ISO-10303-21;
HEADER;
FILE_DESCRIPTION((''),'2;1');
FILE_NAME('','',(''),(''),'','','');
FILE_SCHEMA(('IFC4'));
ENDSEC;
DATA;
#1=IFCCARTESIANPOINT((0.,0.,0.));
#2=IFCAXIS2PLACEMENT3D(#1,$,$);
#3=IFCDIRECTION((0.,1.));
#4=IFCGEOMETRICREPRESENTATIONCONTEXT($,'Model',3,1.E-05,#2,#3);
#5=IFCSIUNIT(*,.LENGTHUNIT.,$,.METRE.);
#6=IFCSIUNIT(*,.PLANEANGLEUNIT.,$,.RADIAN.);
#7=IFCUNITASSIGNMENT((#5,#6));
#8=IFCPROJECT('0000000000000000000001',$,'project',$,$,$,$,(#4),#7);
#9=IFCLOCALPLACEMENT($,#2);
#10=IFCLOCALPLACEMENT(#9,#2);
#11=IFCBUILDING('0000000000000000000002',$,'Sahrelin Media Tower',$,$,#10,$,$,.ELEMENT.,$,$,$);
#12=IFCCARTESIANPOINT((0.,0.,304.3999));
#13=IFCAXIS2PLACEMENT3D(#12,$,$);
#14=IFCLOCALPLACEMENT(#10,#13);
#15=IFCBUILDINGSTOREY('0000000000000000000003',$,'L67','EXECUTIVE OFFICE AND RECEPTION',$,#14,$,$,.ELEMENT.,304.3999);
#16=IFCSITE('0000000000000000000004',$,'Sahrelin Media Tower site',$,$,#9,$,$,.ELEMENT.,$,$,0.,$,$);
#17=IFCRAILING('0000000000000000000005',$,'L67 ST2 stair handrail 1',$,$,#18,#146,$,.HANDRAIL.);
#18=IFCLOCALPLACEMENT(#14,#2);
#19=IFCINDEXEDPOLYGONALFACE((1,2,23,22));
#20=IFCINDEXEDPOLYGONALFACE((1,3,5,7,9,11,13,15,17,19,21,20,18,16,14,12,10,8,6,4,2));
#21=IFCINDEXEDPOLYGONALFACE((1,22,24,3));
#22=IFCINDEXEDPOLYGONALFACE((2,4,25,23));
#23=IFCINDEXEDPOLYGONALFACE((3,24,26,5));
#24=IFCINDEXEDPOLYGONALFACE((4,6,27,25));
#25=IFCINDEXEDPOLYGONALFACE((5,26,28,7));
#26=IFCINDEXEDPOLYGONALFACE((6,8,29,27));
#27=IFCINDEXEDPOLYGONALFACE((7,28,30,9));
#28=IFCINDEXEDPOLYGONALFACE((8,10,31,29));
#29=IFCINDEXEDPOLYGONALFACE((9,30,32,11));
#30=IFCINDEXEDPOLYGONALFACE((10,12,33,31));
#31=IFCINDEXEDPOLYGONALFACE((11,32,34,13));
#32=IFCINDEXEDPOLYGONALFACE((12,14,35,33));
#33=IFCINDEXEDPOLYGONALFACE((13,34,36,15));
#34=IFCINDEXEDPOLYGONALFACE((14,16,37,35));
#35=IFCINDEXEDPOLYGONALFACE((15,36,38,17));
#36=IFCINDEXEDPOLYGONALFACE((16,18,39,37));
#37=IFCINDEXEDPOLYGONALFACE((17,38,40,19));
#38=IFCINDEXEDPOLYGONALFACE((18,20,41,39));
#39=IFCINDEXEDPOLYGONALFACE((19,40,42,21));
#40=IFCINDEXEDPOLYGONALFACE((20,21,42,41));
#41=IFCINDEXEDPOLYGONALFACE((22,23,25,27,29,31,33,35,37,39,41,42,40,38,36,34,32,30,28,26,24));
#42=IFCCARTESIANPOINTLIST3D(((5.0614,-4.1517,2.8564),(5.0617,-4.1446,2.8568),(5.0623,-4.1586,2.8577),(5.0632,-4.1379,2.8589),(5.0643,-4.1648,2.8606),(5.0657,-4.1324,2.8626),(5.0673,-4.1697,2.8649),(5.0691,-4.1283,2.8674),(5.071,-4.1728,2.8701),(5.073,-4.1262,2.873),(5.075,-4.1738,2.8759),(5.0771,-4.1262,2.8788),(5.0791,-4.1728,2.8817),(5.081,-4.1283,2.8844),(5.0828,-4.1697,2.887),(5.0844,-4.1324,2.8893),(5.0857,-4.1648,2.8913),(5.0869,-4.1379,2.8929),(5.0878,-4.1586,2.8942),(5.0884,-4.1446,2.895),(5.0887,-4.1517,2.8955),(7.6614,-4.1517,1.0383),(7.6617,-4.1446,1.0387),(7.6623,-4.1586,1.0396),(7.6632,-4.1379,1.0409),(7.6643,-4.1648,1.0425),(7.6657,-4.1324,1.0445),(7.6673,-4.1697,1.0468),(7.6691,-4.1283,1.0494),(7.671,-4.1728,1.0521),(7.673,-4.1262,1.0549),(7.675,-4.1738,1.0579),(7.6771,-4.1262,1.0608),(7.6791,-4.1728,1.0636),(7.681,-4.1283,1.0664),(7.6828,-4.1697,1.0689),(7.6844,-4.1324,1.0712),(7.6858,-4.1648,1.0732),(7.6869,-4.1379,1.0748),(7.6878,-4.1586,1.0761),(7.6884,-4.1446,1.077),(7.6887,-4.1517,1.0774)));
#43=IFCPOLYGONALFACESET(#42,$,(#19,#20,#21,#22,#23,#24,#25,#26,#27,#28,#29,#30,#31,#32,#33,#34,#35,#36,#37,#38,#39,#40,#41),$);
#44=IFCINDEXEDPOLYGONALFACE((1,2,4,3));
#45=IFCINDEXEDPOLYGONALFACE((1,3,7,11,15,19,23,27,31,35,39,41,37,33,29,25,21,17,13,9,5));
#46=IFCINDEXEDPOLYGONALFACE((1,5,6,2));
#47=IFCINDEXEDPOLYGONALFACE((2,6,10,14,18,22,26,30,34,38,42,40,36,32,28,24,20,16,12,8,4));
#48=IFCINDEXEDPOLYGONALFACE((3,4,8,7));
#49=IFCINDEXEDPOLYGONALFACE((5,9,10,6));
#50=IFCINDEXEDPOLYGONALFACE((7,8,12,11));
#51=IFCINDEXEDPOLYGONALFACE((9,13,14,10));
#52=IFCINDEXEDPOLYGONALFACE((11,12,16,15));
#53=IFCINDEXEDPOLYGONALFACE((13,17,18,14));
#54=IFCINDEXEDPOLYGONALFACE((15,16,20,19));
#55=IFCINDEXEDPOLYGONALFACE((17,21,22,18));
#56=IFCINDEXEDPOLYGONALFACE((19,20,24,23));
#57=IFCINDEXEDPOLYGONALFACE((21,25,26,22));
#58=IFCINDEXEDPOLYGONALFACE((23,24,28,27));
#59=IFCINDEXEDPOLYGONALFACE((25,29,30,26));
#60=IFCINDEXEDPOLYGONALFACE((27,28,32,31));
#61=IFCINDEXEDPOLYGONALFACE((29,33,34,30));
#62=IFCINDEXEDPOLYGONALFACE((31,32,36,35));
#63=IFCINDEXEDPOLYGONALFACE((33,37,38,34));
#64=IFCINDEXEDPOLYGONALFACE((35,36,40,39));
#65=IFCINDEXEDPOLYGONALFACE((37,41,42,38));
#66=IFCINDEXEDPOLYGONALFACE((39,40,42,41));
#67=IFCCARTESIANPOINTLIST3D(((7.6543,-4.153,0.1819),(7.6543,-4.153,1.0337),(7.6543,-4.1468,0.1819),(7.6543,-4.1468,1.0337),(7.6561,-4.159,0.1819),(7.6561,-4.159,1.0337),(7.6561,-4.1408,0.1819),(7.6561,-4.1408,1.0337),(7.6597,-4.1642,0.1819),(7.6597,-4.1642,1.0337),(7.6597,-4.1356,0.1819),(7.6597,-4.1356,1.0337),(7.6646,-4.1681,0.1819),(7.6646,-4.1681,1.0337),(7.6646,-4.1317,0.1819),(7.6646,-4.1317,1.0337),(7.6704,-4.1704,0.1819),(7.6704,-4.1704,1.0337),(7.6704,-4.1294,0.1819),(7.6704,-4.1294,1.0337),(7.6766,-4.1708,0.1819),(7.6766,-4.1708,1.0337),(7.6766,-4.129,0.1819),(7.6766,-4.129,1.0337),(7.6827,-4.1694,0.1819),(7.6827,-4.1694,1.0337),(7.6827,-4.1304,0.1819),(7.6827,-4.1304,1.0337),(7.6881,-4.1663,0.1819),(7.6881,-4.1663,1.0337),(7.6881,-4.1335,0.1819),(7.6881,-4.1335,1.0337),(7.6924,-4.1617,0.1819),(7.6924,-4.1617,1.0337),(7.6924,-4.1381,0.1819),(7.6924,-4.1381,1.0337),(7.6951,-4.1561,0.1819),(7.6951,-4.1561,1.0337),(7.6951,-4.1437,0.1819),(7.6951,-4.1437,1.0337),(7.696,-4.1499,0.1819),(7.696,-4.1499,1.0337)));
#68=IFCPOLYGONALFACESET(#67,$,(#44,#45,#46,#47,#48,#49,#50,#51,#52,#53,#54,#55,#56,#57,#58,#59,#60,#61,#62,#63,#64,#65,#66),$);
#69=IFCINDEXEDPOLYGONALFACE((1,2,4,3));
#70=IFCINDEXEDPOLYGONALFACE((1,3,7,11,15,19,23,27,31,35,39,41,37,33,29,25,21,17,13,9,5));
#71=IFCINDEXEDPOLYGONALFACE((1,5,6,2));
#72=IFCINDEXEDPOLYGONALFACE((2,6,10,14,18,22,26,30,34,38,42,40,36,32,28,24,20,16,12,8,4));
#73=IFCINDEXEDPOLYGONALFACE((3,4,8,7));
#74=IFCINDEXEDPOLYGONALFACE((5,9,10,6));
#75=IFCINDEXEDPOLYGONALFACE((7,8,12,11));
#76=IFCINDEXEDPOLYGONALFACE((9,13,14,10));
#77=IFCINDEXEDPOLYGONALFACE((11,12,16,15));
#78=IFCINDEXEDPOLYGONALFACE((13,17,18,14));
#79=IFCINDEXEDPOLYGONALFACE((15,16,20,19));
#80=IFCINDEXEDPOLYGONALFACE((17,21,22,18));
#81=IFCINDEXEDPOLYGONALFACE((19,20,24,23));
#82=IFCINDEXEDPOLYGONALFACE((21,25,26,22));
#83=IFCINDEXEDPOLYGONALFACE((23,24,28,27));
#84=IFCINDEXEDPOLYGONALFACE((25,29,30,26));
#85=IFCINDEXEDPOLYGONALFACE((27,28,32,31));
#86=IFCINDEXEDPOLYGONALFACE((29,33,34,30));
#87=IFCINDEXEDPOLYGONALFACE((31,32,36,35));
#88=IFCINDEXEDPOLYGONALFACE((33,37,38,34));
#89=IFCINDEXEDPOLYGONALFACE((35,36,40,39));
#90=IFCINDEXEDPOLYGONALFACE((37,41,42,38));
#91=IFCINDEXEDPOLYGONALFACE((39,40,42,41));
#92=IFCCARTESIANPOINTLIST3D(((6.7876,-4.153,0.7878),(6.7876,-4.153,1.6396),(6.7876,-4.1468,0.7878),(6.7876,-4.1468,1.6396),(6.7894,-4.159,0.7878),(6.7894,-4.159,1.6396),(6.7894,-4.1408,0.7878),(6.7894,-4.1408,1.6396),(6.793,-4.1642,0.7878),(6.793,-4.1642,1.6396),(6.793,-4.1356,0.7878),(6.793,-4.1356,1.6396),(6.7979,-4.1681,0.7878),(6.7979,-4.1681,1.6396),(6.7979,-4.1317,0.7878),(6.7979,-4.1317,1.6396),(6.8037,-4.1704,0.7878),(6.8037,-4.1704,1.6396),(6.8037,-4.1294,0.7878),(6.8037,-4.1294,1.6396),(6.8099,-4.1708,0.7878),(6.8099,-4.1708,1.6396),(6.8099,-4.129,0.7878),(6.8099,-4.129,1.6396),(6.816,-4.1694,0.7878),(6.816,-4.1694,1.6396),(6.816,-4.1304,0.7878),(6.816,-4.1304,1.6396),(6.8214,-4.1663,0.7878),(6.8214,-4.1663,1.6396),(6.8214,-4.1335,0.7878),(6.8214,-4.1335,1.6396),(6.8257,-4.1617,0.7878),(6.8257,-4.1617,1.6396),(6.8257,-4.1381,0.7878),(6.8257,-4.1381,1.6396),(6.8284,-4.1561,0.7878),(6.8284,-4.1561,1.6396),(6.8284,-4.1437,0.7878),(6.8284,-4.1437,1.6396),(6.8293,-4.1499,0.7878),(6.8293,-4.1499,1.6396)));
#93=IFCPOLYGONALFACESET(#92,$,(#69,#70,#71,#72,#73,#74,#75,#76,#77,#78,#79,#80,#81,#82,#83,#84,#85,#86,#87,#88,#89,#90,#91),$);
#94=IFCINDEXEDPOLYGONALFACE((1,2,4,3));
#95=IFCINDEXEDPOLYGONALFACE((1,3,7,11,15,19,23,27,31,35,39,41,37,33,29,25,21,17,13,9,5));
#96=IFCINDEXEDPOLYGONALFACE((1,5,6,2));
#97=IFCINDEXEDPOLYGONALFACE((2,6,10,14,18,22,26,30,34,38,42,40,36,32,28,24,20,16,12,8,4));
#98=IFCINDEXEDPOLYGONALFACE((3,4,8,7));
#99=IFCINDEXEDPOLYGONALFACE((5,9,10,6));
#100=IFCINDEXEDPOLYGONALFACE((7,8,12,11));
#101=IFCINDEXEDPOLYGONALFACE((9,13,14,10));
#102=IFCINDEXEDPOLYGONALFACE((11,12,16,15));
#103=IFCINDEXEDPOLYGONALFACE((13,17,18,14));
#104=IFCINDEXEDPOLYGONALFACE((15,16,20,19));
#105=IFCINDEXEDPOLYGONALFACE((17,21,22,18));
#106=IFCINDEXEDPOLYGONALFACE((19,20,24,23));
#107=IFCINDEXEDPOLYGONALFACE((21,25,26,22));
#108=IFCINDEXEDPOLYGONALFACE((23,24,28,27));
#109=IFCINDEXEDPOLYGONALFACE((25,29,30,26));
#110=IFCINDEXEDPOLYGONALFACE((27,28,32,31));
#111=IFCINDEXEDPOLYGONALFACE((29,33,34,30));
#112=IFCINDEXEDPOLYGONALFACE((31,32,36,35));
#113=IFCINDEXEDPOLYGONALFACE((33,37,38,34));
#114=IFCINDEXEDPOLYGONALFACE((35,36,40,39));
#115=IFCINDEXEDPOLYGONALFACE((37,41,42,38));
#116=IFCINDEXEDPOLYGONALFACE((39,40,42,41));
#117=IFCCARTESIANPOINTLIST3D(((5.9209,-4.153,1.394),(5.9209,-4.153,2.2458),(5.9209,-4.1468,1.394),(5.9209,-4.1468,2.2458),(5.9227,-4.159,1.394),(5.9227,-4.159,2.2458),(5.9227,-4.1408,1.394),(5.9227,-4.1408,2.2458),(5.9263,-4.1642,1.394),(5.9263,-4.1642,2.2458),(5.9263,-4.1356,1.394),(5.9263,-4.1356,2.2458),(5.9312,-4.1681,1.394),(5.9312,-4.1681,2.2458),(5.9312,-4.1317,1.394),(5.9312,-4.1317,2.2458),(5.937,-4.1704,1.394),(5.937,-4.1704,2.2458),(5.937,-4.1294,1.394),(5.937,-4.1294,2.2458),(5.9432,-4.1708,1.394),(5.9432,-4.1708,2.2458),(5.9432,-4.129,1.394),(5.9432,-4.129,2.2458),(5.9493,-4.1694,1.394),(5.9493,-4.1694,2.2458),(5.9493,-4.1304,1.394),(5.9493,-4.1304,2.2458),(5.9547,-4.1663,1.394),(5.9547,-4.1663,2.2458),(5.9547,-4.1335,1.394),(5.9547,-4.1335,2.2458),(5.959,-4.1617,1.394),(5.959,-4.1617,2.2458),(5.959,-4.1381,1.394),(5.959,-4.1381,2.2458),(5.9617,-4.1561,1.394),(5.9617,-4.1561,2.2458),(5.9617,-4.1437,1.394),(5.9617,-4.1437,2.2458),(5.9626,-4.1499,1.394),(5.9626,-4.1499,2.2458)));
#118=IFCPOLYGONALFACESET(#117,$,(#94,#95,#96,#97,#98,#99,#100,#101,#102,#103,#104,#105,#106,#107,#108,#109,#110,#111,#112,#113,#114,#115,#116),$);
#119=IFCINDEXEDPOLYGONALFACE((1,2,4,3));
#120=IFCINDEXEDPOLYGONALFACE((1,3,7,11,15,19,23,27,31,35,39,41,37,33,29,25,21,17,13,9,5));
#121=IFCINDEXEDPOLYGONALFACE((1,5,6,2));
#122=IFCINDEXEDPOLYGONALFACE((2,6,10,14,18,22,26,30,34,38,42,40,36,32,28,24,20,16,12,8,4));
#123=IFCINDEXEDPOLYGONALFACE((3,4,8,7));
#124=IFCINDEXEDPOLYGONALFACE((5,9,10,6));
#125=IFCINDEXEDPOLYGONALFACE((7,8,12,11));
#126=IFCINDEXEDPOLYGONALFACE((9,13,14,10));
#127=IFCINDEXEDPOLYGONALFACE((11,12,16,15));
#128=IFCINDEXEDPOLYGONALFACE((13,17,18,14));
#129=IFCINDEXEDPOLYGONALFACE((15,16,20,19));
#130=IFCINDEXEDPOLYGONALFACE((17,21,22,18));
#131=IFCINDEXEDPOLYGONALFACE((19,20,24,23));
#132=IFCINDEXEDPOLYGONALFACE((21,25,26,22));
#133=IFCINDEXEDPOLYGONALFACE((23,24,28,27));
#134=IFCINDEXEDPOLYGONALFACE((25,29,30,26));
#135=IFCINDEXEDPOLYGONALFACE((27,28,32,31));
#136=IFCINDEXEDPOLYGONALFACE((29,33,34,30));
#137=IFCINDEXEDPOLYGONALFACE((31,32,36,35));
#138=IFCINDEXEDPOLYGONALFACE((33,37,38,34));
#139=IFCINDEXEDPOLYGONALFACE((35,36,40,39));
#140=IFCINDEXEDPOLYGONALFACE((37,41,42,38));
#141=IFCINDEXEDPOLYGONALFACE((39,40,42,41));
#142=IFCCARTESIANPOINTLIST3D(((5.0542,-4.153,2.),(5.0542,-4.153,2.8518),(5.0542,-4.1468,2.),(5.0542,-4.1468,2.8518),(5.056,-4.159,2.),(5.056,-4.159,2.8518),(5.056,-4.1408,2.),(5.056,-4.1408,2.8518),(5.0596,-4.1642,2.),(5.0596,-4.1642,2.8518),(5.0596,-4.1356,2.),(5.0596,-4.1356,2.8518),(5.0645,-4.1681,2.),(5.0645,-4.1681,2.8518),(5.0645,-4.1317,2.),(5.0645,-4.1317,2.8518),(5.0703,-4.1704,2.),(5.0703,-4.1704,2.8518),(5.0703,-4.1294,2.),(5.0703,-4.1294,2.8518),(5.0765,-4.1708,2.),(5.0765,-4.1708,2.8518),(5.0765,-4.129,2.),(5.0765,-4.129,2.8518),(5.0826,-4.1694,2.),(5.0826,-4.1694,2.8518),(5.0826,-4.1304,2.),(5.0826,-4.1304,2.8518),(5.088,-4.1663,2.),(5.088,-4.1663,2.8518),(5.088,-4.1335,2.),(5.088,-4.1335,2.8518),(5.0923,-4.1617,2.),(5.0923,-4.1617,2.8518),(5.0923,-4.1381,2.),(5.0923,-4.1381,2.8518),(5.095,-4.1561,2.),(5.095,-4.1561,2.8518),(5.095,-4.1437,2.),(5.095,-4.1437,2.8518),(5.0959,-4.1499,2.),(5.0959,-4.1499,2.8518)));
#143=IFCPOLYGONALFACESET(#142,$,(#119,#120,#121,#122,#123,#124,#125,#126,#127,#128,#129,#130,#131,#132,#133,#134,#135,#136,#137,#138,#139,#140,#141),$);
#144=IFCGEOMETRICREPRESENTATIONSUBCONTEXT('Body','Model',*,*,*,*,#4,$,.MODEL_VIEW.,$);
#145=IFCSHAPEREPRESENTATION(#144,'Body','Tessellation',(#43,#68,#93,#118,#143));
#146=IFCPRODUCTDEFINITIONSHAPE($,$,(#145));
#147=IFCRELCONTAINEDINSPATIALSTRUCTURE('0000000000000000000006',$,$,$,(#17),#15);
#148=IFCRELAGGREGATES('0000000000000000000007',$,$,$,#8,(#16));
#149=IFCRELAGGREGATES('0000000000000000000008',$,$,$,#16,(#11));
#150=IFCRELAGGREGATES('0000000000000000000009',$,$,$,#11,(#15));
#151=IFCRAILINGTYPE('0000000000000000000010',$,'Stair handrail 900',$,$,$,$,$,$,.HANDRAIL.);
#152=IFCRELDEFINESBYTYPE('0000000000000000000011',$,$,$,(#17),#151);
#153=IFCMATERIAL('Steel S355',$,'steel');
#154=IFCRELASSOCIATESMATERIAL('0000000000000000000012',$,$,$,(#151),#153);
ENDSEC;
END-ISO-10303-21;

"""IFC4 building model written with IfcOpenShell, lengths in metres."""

from ifc_helpers import new_model, si_unit, direction, frame, origin, origin_2d, place, context, subcontext, project, spatial, circle, extrude, material, type_object, element, save


model = new_model("IFC4")

# Units and contexts
model_context = context("Model", 3, precision=1e-05, world=origin(), true_north=direction((0.0, 1.0)))
body_context = subcontext(model_context, "Body", "Model", "MODEL_VIEW")
ifc_project = project(units=[si_unit("LENGTHUNIT", "METRE"), si_unit("PLANEANGLEUNIT", "RADIAN")], contexts=[model_context])

# Site, building, storey
site_placement = place(None, origin())
site = spatial("IfcSite", under=ifc_project, at=site_placement, Name="Sahrelin Media Tower site", CompositionType="ELEMENT", RefElevation=0.0)
building_placement = place(site_placement, origin())
building = spatial("IfcBuilding", under=site, at=building_placement, Name="Sahrelin Media Tower", CompositionType="ELEMENT")
storey_placement = place(building_placement, frame((0.0, 0.0, 304.3999)))
storey = spatial("IfcBuildingStorey", under=building, at=storey_placement, Name="L67", Description="EXECUTIVE OFFICE AND RECEPTION", CompositionType="ELEMENT", Elevation=304.3999)

# Railing
ifc_material_1 = material(Name="Steel S355", Category="steel")
railing_type_1 = type_object("IfcRailingType", Name="Stair handrail 900", PredefinedType="HANDRAIL", material=ifc_material_1)
railing_1_placement = place(storey_placement, frame((7.675, -4.1499, 0.1819)))
element("IfcRailing", 1, at=railing_1_placement, inside=storey, type_object=railing_type_1, Name="L67 ST2 stair handrail 1", PredefinedType="HANDRAIL", context=body_context, shape_type="SweptSolid", body=[
    extrude(circle(Radius=0.0239, at=origin_2d()), frame((0.0, 0.0, 0.876), z_axis=(-0.819521, 0.0, 0.573049), x_axis=(0.0, -1.0, 0.0)), (0.0, 0.0, 1.0), 3.1726),
    extrude(circle(Radius=0.021, at=origin_2d()), origin(), (0.0, 0.0, 1.0), 0.8518),
    extrude(circle(Radius=0.021, at=origin_2d()), frame((-0.8667, 0.0, 0.606)), (0.0, 0.0, 1.0), 0.8518),
    extrude(circle(Radius=0.021, at=origin_2d()), frame((-1.7334, 0.0, 1.2122)), (0.0, 0.0, 1.0), 0.8518),
    extrude(circle(Radius=0.021, at=origin_2d()), frame((-2.6001, 0.0, 1.8181)), (0.0, 0.0, 1.0), 0.8518),
])

save(model, "model.ifc")
